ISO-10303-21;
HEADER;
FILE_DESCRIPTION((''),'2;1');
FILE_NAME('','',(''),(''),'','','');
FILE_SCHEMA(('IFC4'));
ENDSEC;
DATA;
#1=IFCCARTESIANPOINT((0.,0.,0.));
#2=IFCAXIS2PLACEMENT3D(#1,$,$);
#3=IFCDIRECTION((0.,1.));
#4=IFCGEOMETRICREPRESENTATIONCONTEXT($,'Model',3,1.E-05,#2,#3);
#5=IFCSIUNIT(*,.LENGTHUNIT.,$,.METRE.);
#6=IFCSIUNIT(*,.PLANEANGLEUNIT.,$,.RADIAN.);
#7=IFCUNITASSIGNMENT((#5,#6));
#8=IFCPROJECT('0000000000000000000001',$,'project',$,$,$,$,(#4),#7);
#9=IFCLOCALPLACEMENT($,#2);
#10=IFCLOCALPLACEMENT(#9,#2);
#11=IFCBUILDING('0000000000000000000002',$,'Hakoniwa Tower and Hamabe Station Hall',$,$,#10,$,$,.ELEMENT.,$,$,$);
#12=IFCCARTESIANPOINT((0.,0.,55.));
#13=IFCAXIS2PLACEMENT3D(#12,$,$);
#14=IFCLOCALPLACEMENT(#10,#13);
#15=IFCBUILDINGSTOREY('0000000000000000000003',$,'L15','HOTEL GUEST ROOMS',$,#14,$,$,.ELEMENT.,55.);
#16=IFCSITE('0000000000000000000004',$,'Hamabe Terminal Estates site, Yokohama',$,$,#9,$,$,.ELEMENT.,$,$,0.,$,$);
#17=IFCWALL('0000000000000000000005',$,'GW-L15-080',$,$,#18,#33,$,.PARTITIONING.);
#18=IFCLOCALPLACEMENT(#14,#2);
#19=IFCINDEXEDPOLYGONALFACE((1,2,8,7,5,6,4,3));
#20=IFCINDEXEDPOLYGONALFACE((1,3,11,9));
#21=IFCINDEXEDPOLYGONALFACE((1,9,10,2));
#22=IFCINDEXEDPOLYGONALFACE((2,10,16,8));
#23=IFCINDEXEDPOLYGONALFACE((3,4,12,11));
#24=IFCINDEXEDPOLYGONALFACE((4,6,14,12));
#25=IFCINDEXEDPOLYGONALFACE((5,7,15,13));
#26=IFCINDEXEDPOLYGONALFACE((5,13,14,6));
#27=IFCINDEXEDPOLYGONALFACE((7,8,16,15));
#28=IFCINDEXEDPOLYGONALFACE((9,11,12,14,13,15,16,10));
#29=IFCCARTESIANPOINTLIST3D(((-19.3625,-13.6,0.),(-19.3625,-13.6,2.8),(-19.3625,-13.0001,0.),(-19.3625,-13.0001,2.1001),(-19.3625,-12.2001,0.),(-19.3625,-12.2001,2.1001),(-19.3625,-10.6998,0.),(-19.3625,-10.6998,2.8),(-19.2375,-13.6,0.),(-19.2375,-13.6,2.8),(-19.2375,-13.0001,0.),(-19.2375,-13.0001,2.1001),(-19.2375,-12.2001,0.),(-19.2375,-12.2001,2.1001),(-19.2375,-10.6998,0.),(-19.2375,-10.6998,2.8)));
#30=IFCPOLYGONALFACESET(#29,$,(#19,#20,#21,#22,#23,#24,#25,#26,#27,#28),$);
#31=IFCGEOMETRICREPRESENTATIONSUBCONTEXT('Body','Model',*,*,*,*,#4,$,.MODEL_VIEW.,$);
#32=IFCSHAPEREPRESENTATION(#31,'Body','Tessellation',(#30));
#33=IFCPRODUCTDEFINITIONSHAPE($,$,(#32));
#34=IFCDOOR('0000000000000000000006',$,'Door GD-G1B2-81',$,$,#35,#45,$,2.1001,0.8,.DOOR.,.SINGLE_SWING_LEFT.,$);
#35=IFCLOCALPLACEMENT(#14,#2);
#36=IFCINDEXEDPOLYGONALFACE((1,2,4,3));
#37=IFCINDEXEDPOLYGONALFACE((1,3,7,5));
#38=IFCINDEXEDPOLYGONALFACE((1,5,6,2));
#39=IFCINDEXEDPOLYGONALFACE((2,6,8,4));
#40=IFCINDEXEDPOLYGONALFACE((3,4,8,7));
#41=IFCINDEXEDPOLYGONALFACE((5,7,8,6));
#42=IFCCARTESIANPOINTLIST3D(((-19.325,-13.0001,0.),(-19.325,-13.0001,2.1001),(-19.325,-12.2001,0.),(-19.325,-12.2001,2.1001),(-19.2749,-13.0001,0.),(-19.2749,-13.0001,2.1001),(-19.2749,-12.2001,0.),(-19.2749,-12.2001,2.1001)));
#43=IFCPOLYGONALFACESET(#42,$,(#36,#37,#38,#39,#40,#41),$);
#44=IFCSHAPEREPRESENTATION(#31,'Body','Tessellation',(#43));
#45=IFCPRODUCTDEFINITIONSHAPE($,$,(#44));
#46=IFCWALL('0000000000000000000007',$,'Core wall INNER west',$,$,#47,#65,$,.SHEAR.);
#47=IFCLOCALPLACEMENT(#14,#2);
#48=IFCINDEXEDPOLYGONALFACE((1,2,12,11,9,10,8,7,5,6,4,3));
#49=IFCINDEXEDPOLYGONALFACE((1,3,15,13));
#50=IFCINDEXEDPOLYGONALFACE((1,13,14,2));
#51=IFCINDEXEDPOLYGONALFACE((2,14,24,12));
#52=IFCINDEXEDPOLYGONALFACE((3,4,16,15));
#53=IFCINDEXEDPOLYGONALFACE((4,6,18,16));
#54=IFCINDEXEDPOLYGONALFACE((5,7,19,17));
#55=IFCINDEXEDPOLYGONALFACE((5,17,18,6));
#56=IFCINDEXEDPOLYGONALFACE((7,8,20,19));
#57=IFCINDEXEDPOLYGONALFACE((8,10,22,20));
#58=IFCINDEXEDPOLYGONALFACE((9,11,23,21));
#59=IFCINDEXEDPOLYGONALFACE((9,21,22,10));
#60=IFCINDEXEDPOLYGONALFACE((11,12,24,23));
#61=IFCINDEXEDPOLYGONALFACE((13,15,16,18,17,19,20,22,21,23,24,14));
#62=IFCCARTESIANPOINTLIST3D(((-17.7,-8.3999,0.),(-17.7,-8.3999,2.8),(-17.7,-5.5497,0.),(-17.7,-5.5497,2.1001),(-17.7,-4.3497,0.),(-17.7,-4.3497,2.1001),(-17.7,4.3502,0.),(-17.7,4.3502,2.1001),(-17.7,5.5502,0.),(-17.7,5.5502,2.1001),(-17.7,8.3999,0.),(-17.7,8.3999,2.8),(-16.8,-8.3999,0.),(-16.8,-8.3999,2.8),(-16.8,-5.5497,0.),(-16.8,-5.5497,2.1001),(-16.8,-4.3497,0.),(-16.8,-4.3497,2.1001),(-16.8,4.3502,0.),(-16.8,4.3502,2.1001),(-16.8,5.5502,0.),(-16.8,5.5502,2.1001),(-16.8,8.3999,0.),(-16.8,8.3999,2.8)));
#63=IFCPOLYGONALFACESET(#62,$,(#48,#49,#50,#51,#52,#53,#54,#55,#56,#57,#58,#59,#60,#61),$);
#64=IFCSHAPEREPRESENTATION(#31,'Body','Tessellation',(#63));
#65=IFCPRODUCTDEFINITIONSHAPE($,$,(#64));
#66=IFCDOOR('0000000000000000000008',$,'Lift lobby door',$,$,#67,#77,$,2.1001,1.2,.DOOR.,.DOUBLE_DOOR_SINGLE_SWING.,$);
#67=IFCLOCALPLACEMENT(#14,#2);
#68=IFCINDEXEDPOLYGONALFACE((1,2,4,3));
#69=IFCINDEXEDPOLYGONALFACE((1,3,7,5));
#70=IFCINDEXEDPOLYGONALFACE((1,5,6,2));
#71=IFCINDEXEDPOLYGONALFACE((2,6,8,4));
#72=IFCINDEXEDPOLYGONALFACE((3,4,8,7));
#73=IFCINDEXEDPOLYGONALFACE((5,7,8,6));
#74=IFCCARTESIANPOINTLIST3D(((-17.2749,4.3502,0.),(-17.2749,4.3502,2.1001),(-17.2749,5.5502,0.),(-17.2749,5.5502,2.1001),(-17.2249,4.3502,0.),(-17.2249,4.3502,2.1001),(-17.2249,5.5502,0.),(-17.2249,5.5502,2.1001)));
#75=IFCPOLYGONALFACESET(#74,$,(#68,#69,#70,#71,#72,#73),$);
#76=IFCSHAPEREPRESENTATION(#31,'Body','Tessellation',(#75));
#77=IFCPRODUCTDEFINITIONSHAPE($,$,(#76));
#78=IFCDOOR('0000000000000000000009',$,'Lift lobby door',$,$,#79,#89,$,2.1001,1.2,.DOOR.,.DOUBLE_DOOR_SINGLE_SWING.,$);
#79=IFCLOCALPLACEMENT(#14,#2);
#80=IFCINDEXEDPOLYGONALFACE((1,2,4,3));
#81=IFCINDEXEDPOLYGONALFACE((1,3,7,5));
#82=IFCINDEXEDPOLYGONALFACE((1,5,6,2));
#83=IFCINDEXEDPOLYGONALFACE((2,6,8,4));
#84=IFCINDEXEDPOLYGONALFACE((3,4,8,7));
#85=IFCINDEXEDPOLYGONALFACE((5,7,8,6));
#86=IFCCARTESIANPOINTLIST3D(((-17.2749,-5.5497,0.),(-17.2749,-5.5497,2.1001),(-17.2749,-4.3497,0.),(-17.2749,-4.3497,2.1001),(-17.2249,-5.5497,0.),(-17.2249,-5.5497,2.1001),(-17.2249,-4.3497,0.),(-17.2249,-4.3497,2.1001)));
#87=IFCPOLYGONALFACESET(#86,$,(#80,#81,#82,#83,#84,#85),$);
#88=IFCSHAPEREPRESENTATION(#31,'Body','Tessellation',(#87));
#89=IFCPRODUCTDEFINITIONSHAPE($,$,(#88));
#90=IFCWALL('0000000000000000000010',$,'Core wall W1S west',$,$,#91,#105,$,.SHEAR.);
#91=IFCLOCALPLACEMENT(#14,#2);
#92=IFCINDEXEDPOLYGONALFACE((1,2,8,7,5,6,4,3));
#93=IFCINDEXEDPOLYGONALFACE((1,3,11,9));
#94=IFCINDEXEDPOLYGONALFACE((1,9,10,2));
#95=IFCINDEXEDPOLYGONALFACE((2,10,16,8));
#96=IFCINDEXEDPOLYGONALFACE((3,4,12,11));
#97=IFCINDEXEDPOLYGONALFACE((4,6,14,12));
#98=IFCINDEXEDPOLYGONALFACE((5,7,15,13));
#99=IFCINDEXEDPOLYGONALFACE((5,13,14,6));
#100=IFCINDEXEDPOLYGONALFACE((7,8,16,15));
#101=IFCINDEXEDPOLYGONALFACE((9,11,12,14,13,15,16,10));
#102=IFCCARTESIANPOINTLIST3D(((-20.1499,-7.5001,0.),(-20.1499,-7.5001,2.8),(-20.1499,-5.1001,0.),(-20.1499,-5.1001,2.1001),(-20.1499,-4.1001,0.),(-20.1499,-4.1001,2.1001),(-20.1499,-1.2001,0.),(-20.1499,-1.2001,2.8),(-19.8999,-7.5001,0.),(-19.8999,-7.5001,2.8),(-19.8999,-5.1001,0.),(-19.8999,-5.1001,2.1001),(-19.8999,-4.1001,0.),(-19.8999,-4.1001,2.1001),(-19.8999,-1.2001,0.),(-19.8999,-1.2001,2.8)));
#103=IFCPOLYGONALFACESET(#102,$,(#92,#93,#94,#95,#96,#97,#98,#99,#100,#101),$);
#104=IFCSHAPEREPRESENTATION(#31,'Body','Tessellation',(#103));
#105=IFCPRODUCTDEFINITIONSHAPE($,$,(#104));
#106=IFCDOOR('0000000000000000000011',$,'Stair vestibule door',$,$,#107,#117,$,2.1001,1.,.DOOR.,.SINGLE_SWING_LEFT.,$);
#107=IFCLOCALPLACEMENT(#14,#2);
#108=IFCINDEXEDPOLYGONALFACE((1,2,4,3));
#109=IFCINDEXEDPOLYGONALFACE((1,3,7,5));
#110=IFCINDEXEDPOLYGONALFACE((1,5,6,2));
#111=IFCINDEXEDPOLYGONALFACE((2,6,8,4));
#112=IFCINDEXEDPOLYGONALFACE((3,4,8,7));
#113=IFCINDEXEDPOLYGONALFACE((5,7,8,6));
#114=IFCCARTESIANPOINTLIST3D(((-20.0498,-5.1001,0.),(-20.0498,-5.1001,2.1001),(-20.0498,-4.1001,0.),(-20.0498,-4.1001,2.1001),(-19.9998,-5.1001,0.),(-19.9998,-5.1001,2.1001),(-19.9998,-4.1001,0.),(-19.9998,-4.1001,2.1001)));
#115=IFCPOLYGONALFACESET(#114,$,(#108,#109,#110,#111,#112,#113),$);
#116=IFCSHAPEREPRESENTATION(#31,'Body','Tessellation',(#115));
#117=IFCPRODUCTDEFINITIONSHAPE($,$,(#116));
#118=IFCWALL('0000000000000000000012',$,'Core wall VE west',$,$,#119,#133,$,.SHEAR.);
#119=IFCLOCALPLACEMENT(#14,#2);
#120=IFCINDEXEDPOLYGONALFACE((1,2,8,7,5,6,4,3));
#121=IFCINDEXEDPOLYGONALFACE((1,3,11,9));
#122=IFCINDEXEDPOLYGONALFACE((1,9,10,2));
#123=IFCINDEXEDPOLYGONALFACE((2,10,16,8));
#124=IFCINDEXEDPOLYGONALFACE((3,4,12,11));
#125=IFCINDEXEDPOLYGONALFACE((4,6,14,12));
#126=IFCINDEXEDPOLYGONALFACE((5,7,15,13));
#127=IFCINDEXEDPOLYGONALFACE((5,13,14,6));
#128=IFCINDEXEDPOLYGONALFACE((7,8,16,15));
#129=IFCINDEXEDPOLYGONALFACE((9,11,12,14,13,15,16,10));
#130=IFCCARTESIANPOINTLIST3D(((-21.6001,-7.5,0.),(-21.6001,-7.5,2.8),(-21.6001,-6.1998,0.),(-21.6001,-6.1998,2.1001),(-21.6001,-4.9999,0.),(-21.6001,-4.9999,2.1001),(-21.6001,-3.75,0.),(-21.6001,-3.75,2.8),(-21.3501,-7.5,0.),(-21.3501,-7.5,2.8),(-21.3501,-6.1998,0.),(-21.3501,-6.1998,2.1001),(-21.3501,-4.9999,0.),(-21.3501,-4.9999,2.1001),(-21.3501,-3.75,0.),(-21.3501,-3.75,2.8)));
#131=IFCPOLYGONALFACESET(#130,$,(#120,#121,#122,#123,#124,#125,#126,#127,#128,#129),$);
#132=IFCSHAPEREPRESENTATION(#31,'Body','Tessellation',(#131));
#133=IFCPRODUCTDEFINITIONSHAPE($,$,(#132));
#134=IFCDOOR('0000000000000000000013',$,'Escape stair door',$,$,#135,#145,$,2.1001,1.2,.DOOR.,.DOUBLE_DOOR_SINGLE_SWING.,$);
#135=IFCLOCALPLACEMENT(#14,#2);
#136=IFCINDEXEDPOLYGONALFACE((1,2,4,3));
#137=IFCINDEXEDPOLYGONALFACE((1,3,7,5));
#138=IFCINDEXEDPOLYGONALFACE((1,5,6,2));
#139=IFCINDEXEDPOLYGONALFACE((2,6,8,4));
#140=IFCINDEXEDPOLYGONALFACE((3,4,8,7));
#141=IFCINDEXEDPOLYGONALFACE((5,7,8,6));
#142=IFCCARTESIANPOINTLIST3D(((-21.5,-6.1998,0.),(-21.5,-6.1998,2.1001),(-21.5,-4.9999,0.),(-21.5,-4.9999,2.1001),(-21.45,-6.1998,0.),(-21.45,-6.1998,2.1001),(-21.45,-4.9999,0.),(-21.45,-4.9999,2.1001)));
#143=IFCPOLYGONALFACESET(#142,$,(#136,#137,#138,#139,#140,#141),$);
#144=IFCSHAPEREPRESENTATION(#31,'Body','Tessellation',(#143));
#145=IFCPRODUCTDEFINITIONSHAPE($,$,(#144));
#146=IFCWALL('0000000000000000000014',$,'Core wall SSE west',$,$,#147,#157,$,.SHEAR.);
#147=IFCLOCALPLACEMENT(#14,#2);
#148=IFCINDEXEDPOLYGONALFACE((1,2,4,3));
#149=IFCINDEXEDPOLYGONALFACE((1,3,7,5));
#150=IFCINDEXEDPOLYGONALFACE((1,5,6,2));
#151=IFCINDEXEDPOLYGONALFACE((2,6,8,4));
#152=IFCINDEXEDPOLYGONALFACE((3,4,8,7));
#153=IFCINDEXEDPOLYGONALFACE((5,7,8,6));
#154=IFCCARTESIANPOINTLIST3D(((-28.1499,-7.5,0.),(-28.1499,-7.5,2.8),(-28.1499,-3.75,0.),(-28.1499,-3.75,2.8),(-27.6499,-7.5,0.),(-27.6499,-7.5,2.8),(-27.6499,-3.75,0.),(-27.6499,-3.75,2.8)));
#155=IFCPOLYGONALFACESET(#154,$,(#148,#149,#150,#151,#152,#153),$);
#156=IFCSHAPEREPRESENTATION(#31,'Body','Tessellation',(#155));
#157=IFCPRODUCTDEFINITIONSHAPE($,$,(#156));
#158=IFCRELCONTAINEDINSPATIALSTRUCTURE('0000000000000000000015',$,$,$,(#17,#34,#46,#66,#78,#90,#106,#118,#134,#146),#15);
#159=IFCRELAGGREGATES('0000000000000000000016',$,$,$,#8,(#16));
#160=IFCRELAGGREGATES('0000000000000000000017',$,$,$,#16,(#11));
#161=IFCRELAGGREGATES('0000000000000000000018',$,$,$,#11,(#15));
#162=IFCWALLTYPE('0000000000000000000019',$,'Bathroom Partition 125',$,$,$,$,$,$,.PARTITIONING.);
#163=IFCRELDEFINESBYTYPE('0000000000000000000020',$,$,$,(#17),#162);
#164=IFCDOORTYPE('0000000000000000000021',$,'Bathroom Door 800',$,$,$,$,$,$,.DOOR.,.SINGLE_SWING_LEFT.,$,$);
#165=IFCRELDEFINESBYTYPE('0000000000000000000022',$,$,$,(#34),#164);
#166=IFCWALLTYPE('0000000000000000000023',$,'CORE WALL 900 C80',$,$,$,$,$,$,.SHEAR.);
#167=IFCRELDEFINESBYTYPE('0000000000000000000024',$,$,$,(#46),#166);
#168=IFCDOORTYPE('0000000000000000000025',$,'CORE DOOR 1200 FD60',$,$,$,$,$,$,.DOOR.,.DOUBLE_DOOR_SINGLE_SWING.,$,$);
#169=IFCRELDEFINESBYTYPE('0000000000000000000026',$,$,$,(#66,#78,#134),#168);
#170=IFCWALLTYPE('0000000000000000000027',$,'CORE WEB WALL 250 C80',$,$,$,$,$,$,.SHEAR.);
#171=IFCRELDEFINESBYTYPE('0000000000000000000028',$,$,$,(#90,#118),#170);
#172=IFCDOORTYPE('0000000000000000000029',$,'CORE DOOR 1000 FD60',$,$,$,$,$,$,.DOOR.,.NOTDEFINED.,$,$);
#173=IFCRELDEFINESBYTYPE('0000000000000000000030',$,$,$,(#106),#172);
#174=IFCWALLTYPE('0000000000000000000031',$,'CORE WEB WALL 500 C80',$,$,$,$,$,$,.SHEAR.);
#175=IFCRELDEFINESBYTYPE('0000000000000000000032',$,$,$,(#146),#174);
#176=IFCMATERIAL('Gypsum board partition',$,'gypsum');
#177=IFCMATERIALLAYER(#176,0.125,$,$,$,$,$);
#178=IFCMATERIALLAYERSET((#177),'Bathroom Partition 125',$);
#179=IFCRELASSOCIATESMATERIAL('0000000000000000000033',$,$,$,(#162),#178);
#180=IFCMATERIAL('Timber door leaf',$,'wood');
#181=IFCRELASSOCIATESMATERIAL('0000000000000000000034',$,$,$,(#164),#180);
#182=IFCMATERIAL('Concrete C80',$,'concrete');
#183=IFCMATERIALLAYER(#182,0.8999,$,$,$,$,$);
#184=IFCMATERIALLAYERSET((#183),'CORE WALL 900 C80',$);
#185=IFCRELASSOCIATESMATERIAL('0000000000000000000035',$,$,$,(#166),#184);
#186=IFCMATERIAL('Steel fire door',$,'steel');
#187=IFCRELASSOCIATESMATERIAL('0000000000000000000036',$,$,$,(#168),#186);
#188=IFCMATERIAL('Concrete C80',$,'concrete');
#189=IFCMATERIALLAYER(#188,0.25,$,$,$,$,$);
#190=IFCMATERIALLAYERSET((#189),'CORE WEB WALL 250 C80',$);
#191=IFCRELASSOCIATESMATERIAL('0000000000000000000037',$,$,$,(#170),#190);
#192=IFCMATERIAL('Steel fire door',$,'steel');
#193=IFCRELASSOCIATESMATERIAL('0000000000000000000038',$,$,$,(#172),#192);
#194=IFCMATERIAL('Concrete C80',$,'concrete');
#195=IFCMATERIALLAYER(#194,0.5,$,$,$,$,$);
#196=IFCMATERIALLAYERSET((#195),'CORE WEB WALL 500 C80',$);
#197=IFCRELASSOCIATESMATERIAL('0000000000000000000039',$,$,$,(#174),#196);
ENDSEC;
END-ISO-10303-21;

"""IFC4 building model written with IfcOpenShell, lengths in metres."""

from ifc_helpers import new_model, si_unit, direction, frame, frame_2d, origin, place, context, subcontext, project, spatial, rectangle, extrude, material, layer, layer_set, type_object, element, fill, save


model = new_model("IFC4")

# Units and contexts
model_context = context("Model", 3, precision=1e-05, world=origin(), true_north=direction((0.0, 1.0)))
body_context = subcontext(model_context, "Body", "Model", "MODEL_VIEW")
ifc_project = project(units=[si_unit("LENGTHUNIT", "METRE"), si_unit("PLANEANGLEUNIT", "RADIAN")], contexts=[model_context])

# Site, building, storey
site_placement = place(None, origin())
site = spatial("IfcSite", under=ifc_project, at=site_placement, Name="Hamabe Terminal Estates site, Yokohama", CompositionType="ELEMENT", RefElevation=0.0)
building_placement = place(site_placement, origin())
building = spatial("IfcBuilding", under=site, at=building_placement, Name="Hakoniwa Tower and Hamabe Station Hall", CompositionType="ELEMENT")
storey_placement = place(building_placement, frame((0.0, 0.0, 55.0)))
storey = spatial("IfcBuildingStorey", under=building, at=storey_placement, Name="L15", Description="HOTEL GUEST ROOMS", CompositionType="ELEMENT", Elevation=55.0)

# Shared definitions
ifc_material_1 = material(Name="Gypsum board partition", Category="gypsum")
ifc_layer_1 = layer(ifc_material_1, 0.125)
ifc_layer_set_1 = layer_set([ifc_layer_1], Name="Bathroom Partition 125")
wall_type_1 = type_object("IfcWallType", Name="Bathroom Partition 125", PredefinedType="PARTITIONING", material=ifc_layer_set_1)

# Wall, opening, door
ifc_material_2 = material(Name="Timber door leaf", Category="wood")
door_type_1 = type_object("IfcDoorType", Name="Bathroom Door 800", OperationType="SINGLE_SWING_LEFT", PredefinedType="DOOR", material=ifc_material_2)
wall_1_placement = place(storey_placement, frame((-19.3, -13.6001, 0.0), z_axis=(0.0, 0.0, 1.0), x_axis=(0.0, 1.0, 0.0)))
wall_1 = element("IfcWall", 1, at=wall_1_placement, inside=storey, type_object=wall_type_1, Name="GW-L15-080", PredefinedType="PARTITIONING", context=body_context, shape_type="SweptSolid", body=[
    extrude(rectangle(XDim=2.9001, YDim=0.125, at=frame_2d((1.4502, 0.0))), origin(), (0.0, 0.0, 1.0), 2.8),
])
opening_1_placement = place(wall_1_placement, frame((0.6001, 0.0, 0.0)))
opening_1 = element("IfcOpeningElement", 2, at=opening_1_placement, cuts=wall_1, PredefinedType="OPENING", context=body_context, shape_type="SweptSolid", body=[
    extrude(rectangle(XDim=0.8, YDim=2.1001, at=frame_2d((0.3999, 1.05))), frame((0.0, 0.0725, 0.0), z_axis=(0.0, -1.0, 0.0), x_axis=(1.0, 0.0, 0.0)), (0.0, 0.0, 1.0), 0.145),
])
door_1_placement = place(opening_1_placement, origin())
door_1 = element("IfcDoor", 3, at=door_1_placement, inside=storey, type_object=door_type_1, Name="Door GD-G1B2-81", OperationType="SINGLE_SWING_LEFT", OverallHeight=2.1001, OverallWidth=0.8, PredefinedType="DOOR", context=body_context, shape_type="SweptSolid", body=[
    extrude(rectangle(XDim=0.8, YDim=2.1001, at=frame_2d((0.3999, 1.05))), frame((0.0, 0.0249, 0.0), z_axis=(0.0, -1.0, 0.0), x_axis=(1.0, 0.0, 0.0)), (0.0, 0.0, 1.0), 0.05),
])
fill(opening_1, door_1)

# Wall, openings, doors
ifc_material_3 = material(Name="Concrete C80", Category="concrete")
ifc_layer_2 = layer(ifc_material_3, 0.8999)
ifc_layer_set_2 = layer_set([ifc_layer_2], Name="CORE WALL 900 C80")
wall_type_2 = type_object("IfcWallType", Name="CORE WALL 900 C80", PredefinedType="SHEAR", material=ifc_layer_set_2)
wall_2_placement = place(storey_placement, frame((-17.25, -8.3999, 0.0), z_axis=(0.0, 0.0, 1.0), x_axis=(0.0, 1.0, 0.0)))
wall_2 = element("IfcWall", 4, at=wall_2_placement, inside=storey, type_object=wall_type_2, Name="Core wall INNER west", PredefinedType="SHEAR", context=body_context, shape_type="SweptSolid", body=[
    extrude(rectangle(XDim=16.7998, YDim=0.8999, at=frame_2d((8.3999, 0.0))), origin(), (0.0, 0.0, 1.0), 2.8),
])
opening_2_placement = place(wall_2_placement, frame((12.75, 0.0, 0.0)))
opening_2 = element("IfcOpeningElement", 5, at=opening_2_placement, cuts=wall_2, PredefinedType="OPENING", context=body_context, shape_type="SweptSolid", body=[
    extrude(rectangle(XDim=1.2, YDim=2.1001, at=frame_2d((0.6001, 1.05))), frame((0.0, 0.46, 0.0), z_axis=(0.0, -1.0, 0.0), x_axis=(1.0, 0.0, 0.0)), (0.0, 0.0, 1.0), 0.9199),
])
opening_3_placement = place(wall_2_placement, frame((2.8501, 0.0, 0.0)))
opening_3 = element("IfcOpeningElement", 6, at=opening_3_placement, cuts=wall_2, PredefinedType="OPENING", context=body_context, shape_type="SweptSolid", body=[
    extrude(rectangle(XDim=1.2, YDim=2.1001, at=frame_2d((0.6001, 1.05))), frame((0.0, 0.46, 0.0), z_axis=(0.0, -1.0, 0.0), x_axis=(1.0, 0.0, 0.0)), (0.0, 0.0, 1.0), 0.9199),
])
ifc_material_4 = material(Name="Steel fire door", Category="steel")
door_type_2 = type_object("IfcDoorType", Name="CORE DOOR 1200 FD60", OperationType="DOUBLE_DOOR_SINGLE_SWING", PredefinedType="DOOR", material=ifc_material_4)
door_2_placement = place(opening_2_placement, origin())
door_2 = element("IfcDoor", 7, at=door_2_placement, inside=storey, type_object=door_type_2, Name="Lift lobby door", OperationType="DOUBLE_DOOR_SINGLE_SWING", OverallHeight=2.1001, OverallWidth=1.2, PredefinedType="DOOR", context=body_context, shape_type="SweptSolid", body=[
    extrude(rectangle(XDim=1.2, YDim=2.1001, at=frame_2d((0.6001, 1.05))), frame((0.0, 0.0249, 0.0), z_axis=(0.0, -1.0, 0.0), x_axis=(1.0, 0.0, 0.0)), (0.0, 0.0, 1.0), 0.05),
])
fill(opening_2, door_2)
door_3_placement = place(opening_3_placement, origin())
door_3 = element("IfcDoor", 8, at=door_3_placement, inside=storey, type_object=door_type_2, Name="Lift lobby door", OperationType="DOUBLE_DOOR_SINGLE_SWING", OverallHeight=2.1001, OverallWidth=1.2, PredefinedType="DOOR", context=body_context, shape_type="SweptSolid", body=[
    extrude(rectangle(XDim=1.2, YDim=2.1001, at=frame_2d((0.6001, 1.05))), frame((0.0, 0.0249, 0.0), z_axis=(0.0, -1.0, 0.0), x_axis=(1.0, 0.0, 0.0)), (0.0, 0.0, 1.0), 0.05),
])
fill(opening_3, door_3)

# Walls, openings, doors
ifc_material_5 = material(Name="Concrete C80", Category="concrete")
ifc_layer_3 = layer(ifc_material_5, 0.25)
ifc_layer_set_3 = layer_set([ifc_layer_3], Name="CORE WEB WALL 250 C80")
wall_type_3 = type_object("IfcWallType", Name="CORE WEB WALL 250 C80", PredefinedType="SHEAR", material=ifc_layer_set_3)
wall_3_placement = place(storey_placement, frame((-20.0249, -7.5, 0.0), z_axis=(0.0, 0.0, 1.0), x_axis=(0.0, 1.0, 0.0)))
wall_3 = element("IfcWall", 9, at=wall_3_placement, inside=storey, type_object=wall_type_3, Name="Core wall W1S west", PredefinedType="SHEAR", context=body_context, shape_type="SweptSolid", body=[
    extrude(rectangle(XDim=6.3, YDim=0.25, at=frame_2d((3.1499, 0.0))), origin(), (0.0, 0.0, 1.0), 2.8),
])
opening_4_placement = place(wall_3_placement, frame((2.3999, 0.0, 0.0)))
opening_4 = element("IfcOpeningElement", 10, at=opening_4_placement, cuts=wall_3, PredefinedType="OPENING", context=body_context, shape_type="SweptSolid", body=[
    extrude(rectangle(XDim=1.0, YDim=2.1001, at=frame_2d((0.5, 1.05))), frame((0.0, 0.135, 0.0), z_axis=(0.0, -1.0, 0.0), x_axis=(1.0, 0.0, 0.0)), (0.0, 0.0, 1.0), 0.27),
])
ifc_material_6 = material(Name="Steel fire door", Category="steel")
door_type_3 = type_object("IfcDoorType", Name="CORE DOOR 1000 FD60", OperationType="NOTDEFINED", PredefinedType="DOOR", material=ifc_material_6)
door_4_placement = place(opening_4_placement, origin())
door_4 = element("IfcDoor", 11, at=door_4_placement, inside=storey, type_object=door_type_3, Name="Stair vestibule door", OperationType="SINGLE_SWING_LEFT", OverallHeight=2.1001, OverallWidth=1.0, PredefinedType="DOOR", context=body_context, shape_type="SweptSolid", body=[
    extrude(rectangle(XDim=1.0, YDim=2.1001, at=frame_2d((0.5, 1.05))), frame((0.0, 0.0249, 0.0), z_axis=(0.0, -1.0, 0.0), x_axis=(1.0, 0.0, 0.0)), (0.0, 0.0, 1.0), 0.05),
])
fill(opening_4, door_4)
wall_4_placement = place(storey_placement, frame((-21.4751, -7.5, 0.0), z_axis=(0.0, 0.0, 1.0), x_axis=(0.0, 1.0, 0.0)))
wall_4 = element("IfcWall", 12, at=wall_4_placement, inside=storey, type_object=wall_type_3, Name="Core wall VE west", PredefinedType="SHEAR", context=body_context, shape_type="SweptSolid", body=[
    extrude(rectangle(XDim=3.75, YDim=0.25, at=frame_2d((1.875, 0.0))), origin(), (0.0, 0.0, 1.0), 2.8),
])
opening_5_placement = place(wall_4_placement, frame((1.3, 0.0, 0.0)))
opening_5 = element("IfcOpeningElement", 13, at=opening_5_placement, cuts=wall_4, PredefinedType="OPENING", context=body_context, shape_type="SweptSolid", body=[
    extrude(rectangle(XDim=1.2, YDim=2.1001, at=frame_2d((0.6001, 1.05))), frame((0.0, 0.135, 0.0), z_axis=(0.0, -1.0, 0.0), x_axis=(1.0, 0.0, 0.0)), (0.0, 0.0, 1.0), 0.27),
])
door_5_placement = place(opening_5_placement, origin())
door_5 = element("IfcDoor", 14, at=door_5_placement, inside=storey, type_object=door_type_2, Name="Escape stair door", OperationType="DOUBLE_DOOR_SINGLE_SWING", OverallHeight=2.1001, OverallWidth=1.2, PredefinedType="DOOR", context=body_context, shape_type="SweptSolid", body=[
    extrude(rectangle(XDim=1.2, YDim=2.1001, at=frame_2d((0.6001, 1.05))), frame((0.0, 0.0249, 0.0), z_axis=(0.0, -1.0, 0.0), x_axis=(1.0, 0.0, 0.0)), (0.0, 0.0, 1.0), 0.05),
])
fill(opening_5, door_5)

# Wall
ifc_material_7 = material(Name="Concrete C80", Category="concrete")
ifc_layer_4 = layer(ifc_material_7, 0.5)
ifc_layer_set_4 = layer_set([ifc_layer_4], Name="CORE WEB WALL 500 C80")
wall_type_4 = type_object("IfcWallType", Name="CORE WEB WALL 500 C80", PredefinedType="SHEAR", material=ifc_layer_set_4)
wall_5_placement = place(storey_placement, frame((-27.8999, -7.5, 0.0), z_axis=(0.0, 0.0, 1.0), x_axis=(0.0, 1.0, 0.0)))
element("IfcWall", 15, at=wall_5_placement, inside=storey, type_object=wall_type_4, Name="Core wall SSE west", PredefinedType="SHEAR", context=body_context, shape_type="SweptSolid", body=[
    extrude(rectangle(XDim=3.75, YDim=0.5, at=frame_2d((1.875, 0.0))), origin(), (0.0, 0.0, 1.0), 2.8),
])

save(model, "model.ifc")
